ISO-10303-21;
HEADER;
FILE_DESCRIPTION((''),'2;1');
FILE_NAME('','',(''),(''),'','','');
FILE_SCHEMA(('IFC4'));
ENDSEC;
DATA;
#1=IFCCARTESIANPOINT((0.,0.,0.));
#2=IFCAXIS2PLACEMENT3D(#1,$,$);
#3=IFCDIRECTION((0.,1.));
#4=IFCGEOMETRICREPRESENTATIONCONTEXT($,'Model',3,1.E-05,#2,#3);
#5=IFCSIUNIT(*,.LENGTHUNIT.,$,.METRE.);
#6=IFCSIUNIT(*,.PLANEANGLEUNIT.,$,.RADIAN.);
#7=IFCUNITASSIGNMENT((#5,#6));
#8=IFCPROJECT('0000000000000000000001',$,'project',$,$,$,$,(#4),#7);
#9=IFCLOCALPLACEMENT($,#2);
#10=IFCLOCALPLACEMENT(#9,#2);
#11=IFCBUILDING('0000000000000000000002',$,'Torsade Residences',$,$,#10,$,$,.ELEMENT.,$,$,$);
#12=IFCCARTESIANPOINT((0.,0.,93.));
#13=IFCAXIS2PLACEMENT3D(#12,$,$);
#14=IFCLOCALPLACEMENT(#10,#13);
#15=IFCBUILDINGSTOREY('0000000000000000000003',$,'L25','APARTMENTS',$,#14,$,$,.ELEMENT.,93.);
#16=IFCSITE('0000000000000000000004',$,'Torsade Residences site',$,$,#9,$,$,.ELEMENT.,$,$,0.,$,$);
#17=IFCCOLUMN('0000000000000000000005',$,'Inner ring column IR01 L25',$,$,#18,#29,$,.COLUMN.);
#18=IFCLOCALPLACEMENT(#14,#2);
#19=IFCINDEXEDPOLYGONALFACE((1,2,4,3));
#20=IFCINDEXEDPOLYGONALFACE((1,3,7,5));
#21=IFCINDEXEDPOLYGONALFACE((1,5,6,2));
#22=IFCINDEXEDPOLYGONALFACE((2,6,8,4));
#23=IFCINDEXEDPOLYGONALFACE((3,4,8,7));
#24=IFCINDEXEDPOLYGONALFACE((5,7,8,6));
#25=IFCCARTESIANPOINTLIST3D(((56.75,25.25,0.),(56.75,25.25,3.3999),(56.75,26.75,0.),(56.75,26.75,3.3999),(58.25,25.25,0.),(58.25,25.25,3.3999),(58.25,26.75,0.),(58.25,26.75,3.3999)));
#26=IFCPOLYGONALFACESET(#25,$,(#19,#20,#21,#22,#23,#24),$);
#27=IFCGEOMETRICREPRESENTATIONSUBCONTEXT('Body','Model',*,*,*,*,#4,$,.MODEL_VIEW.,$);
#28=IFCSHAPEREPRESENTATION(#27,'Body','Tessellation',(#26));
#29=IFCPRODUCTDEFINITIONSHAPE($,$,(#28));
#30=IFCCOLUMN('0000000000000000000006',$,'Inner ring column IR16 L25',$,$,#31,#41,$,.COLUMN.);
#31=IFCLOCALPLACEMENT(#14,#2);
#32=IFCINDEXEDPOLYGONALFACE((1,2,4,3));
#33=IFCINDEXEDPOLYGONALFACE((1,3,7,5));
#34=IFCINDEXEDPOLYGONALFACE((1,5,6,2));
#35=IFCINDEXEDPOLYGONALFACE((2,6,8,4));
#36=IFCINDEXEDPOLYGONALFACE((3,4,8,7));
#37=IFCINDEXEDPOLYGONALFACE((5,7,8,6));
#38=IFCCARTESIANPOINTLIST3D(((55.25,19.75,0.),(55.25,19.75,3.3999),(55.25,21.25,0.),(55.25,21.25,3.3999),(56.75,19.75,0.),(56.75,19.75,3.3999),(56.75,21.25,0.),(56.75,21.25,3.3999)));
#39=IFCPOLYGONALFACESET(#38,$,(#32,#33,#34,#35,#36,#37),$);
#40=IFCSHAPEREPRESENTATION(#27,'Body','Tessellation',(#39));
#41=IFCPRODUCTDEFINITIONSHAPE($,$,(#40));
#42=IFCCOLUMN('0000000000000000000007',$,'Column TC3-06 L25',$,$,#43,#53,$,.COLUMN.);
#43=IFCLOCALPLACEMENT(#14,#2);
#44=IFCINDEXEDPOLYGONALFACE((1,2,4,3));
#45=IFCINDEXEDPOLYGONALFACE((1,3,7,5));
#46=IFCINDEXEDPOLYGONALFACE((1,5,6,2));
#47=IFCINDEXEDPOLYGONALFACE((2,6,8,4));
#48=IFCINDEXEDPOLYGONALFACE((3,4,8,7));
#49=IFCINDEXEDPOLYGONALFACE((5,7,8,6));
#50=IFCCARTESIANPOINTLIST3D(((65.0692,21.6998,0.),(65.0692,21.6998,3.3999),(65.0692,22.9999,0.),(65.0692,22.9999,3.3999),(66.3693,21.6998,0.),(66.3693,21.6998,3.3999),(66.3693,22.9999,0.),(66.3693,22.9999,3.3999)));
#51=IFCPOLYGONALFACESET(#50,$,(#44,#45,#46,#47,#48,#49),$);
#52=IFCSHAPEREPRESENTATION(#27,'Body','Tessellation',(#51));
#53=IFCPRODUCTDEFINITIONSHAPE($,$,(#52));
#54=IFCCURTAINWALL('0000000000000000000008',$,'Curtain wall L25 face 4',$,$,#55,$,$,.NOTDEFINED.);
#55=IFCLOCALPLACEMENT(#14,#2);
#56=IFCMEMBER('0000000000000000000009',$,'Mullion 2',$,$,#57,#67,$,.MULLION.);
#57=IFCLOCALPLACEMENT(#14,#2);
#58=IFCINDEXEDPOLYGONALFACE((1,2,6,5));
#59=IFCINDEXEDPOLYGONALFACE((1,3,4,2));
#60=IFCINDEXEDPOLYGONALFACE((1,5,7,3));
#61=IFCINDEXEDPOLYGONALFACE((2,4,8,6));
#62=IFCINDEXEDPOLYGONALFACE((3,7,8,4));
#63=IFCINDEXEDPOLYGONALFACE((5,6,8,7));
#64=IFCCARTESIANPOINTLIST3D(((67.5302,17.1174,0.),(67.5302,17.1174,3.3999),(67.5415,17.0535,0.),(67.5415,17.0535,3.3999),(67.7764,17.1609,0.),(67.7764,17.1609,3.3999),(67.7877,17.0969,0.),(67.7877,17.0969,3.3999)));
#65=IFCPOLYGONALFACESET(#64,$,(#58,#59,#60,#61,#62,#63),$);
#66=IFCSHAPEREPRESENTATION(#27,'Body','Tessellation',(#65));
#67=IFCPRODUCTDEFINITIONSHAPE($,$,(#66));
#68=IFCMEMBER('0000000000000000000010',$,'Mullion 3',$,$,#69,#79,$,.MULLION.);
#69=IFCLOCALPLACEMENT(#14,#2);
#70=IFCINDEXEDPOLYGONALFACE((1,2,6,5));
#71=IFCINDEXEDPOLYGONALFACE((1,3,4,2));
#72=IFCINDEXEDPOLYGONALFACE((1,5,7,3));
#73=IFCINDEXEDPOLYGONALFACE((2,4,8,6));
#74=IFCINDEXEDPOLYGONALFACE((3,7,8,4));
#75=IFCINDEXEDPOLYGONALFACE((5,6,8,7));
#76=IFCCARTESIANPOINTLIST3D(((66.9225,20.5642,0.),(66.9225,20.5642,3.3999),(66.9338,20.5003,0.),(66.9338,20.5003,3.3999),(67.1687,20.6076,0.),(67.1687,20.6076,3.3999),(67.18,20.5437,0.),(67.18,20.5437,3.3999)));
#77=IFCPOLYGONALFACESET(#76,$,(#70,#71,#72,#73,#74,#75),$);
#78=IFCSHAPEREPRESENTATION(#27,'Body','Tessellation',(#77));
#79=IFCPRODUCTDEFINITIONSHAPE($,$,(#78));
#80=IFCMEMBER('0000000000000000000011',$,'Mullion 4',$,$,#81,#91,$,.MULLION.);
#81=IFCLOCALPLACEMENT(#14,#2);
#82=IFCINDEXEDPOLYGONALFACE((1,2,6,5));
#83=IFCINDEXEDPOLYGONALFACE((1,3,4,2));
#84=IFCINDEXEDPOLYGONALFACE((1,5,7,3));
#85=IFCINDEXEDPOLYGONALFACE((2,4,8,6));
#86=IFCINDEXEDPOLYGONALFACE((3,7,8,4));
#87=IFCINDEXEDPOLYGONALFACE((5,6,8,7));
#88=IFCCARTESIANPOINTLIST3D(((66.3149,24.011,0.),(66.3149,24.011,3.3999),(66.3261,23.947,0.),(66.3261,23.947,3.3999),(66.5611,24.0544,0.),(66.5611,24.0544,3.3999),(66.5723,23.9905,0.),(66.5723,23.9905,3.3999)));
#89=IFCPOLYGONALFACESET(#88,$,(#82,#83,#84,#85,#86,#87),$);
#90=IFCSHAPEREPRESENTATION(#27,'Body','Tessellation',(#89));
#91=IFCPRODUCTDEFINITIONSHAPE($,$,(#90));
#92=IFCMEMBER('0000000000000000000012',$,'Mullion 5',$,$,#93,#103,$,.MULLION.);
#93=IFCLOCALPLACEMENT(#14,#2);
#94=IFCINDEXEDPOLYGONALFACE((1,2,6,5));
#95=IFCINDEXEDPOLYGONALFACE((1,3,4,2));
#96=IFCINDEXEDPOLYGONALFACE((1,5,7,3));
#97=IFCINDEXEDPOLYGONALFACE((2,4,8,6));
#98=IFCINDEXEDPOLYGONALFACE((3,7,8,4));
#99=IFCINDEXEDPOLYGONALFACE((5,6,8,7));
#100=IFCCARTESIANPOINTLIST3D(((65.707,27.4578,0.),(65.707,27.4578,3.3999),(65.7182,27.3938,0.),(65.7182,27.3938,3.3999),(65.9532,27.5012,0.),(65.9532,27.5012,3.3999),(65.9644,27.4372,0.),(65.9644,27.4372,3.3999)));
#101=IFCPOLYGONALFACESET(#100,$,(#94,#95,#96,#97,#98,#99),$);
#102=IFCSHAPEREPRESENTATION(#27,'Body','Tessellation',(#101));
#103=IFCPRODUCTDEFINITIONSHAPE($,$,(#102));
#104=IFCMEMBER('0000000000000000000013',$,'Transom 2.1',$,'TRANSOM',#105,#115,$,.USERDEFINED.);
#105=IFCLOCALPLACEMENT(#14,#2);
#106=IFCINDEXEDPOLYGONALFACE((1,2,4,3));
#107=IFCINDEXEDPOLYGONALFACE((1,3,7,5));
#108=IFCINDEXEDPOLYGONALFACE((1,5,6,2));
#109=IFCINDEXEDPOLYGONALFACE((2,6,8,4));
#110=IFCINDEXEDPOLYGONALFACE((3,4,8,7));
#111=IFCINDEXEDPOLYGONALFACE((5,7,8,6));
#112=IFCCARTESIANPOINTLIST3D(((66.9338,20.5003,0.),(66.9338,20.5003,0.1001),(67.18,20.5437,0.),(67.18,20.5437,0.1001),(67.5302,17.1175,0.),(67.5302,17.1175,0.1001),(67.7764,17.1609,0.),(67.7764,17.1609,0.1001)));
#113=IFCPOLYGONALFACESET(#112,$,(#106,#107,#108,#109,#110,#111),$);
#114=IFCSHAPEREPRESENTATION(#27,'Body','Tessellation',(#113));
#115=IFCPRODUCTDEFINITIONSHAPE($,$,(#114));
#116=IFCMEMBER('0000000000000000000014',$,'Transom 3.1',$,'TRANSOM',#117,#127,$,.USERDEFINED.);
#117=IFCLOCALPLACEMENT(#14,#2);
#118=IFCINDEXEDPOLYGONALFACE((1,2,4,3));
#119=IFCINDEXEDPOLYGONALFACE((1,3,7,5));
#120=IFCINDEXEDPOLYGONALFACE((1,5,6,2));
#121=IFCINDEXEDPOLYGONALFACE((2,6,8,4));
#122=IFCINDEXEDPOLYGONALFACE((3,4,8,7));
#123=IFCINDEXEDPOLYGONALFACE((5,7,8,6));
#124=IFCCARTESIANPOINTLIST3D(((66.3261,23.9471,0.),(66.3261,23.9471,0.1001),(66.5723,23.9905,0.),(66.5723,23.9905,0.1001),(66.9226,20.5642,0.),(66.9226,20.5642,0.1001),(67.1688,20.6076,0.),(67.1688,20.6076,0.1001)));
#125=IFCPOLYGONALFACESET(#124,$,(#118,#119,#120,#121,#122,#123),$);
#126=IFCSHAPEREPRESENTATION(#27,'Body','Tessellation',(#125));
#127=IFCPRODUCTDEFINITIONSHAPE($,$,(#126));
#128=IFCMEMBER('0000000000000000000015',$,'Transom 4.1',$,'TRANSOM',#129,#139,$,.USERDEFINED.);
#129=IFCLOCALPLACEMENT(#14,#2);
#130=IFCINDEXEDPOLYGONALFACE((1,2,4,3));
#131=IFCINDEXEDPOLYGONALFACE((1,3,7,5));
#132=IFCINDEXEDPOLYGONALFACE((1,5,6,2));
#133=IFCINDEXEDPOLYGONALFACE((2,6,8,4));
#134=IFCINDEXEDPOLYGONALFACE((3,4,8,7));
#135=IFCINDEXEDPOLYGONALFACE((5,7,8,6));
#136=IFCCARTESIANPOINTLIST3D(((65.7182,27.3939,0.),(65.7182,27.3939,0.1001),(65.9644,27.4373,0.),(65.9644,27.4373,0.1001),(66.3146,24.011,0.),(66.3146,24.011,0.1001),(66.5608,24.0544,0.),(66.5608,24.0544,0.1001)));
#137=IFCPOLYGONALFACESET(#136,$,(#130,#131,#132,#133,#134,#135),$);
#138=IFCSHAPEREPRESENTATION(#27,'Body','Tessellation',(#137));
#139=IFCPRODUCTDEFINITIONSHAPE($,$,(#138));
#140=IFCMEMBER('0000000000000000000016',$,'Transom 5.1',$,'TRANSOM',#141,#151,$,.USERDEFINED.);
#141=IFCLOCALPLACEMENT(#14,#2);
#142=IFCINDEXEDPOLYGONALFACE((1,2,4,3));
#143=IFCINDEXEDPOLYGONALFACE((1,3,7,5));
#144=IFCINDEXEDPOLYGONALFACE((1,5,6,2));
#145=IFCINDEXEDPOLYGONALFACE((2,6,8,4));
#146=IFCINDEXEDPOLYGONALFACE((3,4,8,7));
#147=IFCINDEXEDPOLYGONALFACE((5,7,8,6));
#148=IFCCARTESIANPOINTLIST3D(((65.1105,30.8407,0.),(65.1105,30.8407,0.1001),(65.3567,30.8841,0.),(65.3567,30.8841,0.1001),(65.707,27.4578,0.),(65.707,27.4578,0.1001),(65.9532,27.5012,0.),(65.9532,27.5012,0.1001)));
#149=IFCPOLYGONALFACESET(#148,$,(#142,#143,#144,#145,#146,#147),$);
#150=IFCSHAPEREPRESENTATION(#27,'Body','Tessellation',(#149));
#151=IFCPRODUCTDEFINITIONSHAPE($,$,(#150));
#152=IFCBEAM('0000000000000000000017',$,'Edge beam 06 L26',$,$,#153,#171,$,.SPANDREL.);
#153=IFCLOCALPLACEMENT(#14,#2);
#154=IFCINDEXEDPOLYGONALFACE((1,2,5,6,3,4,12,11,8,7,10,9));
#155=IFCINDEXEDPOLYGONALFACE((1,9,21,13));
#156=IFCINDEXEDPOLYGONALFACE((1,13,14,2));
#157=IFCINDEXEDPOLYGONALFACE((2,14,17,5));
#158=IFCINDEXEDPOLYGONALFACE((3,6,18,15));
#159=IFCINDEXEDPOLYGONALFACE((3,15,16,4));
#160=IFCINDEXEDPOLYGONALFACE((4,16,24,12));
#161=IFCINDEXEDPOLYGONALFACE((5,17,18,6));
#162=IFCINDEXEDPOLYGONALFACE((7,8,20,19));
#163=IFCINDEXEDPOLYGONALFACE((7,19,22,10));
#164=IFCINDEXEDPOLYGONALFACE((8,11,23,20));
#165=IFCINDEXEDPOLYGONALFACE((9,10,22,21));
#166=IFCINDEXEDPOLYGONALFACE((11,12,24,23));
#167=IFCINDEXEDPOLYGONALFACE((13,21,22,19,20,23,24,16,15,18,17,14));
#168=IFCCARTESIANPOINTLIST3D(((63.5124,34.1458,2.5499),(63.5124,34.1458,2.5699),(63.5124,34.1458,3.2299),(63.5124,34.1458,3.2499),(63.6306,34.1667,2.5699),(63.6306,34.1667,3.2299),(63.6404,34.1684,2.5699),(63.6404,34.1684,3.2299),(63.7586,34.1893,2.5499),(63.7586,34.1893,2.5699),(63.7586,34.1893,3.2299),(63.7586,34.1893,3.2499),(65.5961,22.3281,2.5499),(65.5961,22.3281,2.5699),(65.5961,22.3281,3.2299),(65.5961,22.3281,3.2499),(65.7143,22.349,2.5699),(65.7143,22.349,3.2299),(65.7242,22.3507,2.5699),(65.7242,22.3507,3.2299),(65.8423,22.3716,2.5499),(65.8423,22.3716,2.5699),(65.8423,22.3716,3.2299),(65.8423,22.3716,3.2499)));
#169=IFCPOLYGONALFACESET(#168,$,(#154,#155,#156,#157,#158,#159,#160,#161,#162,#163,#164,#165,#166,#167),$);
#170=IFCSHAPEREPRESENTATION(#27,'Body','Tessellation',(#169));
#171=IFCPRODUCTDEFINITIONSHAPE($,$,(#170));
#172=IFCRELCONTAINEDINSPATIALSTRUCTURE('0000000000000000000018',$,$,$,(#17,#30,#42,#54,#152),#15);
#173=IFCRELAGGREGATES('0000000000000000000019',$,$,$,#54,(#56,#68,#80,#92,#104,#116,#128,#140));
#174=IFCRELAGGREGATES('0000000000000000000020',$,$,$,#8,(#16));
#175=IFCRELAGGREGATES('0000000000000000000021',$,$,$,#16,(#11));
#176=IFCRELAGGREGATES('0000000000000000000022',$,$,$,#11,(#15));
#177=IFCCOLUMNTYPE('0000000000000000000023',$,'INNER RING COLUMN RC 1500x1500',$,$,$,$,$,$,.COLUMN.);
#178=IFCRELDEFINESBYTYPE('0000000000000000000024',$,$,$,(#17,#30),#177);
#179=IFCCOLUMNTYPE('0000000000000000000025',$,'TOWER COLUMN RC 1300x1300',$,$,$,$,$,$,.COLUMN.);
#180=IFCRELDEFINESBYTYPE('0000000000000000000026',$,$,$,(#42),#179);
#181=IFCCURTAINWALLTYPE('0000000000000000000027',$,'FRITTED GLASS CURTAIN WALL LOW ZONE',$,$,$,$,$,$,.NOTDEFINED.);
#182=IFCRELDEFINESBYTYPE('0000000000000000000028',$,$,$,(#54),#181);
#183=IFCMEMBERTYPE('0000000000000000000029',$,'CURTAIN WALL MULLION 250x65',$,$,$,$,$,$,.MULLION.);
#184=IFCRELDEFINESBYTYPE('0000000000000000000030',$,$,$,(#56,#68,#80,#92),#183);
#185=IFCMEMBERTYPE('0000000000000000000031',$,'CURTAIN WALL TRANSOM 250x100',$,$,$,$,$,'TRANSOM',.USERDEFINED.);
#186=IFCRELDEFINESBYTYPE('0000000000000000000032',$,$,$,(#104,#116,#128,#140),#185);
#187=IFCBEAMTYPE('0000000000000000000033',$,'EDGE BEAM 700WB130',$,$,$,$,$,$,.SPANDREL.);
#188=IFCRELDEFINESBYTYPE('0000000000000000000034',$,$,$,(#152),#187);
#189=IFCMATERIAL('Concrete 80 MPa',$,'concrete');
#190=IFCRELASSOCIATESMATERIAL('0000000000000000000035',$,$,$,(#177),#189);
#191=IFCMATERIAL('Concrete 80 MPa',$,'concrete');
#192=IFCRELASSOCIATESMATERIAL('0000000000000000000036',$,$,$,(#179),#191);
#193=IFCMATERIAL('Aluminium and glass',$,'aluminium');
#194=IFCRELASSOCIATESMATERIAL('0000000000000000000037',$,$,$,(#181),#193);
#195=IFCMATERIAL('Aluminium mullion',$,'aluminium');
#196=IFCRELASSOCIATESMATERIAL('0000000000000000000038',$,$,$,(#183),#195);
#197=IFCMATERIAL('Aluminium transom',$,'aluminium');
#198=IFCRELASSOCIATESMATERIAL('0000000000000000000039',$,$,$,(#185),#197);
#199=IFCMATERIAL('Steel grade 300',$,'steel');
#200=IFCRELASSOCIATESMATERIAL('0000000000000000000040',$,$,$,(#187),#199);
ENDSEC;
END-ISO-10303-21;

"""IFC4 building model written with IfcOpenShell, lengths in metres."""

from ifc_helpers import new_model, si_unit, direction, frame, origin, origin_2d, place, context, subcontext, project, spatial, rectangle, i_section, extrude, material, material_profile, profile_set, type_object, element, aggregate, save


model = new_model("IFC4")

# Units and contexts
model_context = context("Model", 3, precision=1e-05, world=origin(), true_north=direction((0.0, 1.0)))
body_context = subcontext(model_context, "Body", "Model", "MODEL_VIEW")
ifc_project = project(units=[si_unit("LENGTHUNIT", "METRE"), si_unit("PLANEANGLEUNIT", "RADIAN")], contexts=[model_context])

# Site, building, storey
site_placement = place(None, origin())
site = spatial("IfcSite", under=ifc_project, at=site_placement, Name="Torsade Residences site", CompositionType="ELEMENT", RefElevation=0.0)
building_placement = place(site_placement, origin())
building = spatial("IfcBuilding", under=site, at=building_placement, Name="Torsade Residences", CompositionType="ELEMENT")
storey_placement = place(building_placement, frame((0.0, 0.0, 93.0)))
storey = spatial("IfcBuildingStorey", under=building, at=storey_placement, Name="L25", Description="APARTMENTS", CompositionType="ELEMENT", Elevation=93.0)

# Columns
ifc_material_1 = material(Name="Concrete 80 MPa", Category="concrete")
ifc_material_profile_1 = material_profile(ifc_material_1, rectangle(XDim=1.5, YDim=1.5, at=origin_2d()), Name="RC 1500x1500")
ifc_profile_set_1 = profile_set([ifc_material_profile_1], Name="Concrete 80 MPa")
column_type_1 = type_object("IfcColumnType", Name="INNER RING COLUMN RC 1500x1500", PredefinedType="COLUMN", material=ifc_profile_set_1)
for number, where, z_axis, x_axis, name in (
    (1, (57.5, 26.0, 0.0), (0.0, 0.0, 1.0), (1.0, 0.0, 0.0), "Inner ring column IR01 L25"),
    (2, (56.0, 20.5, 0.0), (0.0, 0.0, 1.0), (1.0, 0.0, 0.0), "Inner ring column IR16 L25"),
):
    element("IfcColumn", number, at=place(storey_placement, frame(where, z_axis=z_axis, x_axis=x_axis)), inside=storey, type_object=column_type_1, Name=name, PredefinedType="COLUMN", context=body_context, shape_type="SweptSolid", body=[
        extrude(rectangle(XDim=1.5, YDim=1.5, at=origin_2d()), origin(), (0.0, 0.0, 1.0), 3.3999),
    ])
ifc_material_2 = material(Name="Concrete 80 MPa", Category="concrete")
ifc_material_profile_2 = material_profile(ifc_material_2, rectangle(XDim=1.3, YDim=1.3, at=origin_2d()), Name="RC 1300x1300")
ifc_profile_set_2 = profile_set([ifc_material_profile_2], Name="Concrete 80 MPa")
column_type_2 = type_object("IfcColumnType", Name="TOWER COLUMN RC 1300x1300", PredefinedType="COLUMN", material=ifc_profile_set_2)
column_placement = place(storey_placement, frame((65.7192, 22.3499, 0.0), z_axis=(0.0, 0.0, 1.0), x_axis=(1.0, 0.0, 0.0)))
element("IfcColumn", 3, at=column_placement, inside=storey, type_object=column_type_2, Name="Column TC3-06 L25", PredefinedType="COLUMN", context=body_context, shape_type="SweptSolid", body=[
    extrude(rectangle(XDim=1.3, YDim=1.3, at=origin_2d()), origin(), (0.0, 0.0, 1.0), 3.3999),
])

# Curtain wall, members
ifc_material_3 = material(Name="Aluminium and glass", Category="aluminium")
curtain_wall_type = type_object("IfcCurtainWallType", Name="FRITTED GLASS CURTAIN WALL LOW ZONE", PredefinedType="NOTDEFINED", material=ifc_material_3)
curtain_wall_placement = place(storey_placement, origin())
curtain_wall = element("IfcCurtainWall", 4, at=curtain_wall_placement, inside=storey, type_object=curtain_wall_type, Name="Curtain wall L25 face 4", PredefinedType="NOTDEFINED")
ifc_material_4 = material(Name="Aluminium mullion", Category="aluminium")
ifc_material_profile_3 = material_profile(ifc_material_4, rectangle(XDim=0.25, YDim=0.0649, at=origin_2d()), Name="CURTAIN WALL MULLION 250x65")
ifc_profile_set_3 = profile_set([ifc_material_profile_3], Name="Aluminium mullion")
member_type_1 = type_object("IfcMemberType", Name="CURTAIN WALL MULLION 250x65", PredefinedType="MULLION", material=ifc_profile_set_3)
member_1_placement = place(storey_placement, frame((67.6589, 17.1072, 0.0), z_axis=(0.0, 0.0, 1.0), x_axis=(-0.984808, -0.173648, 0.0)))
member_1 = element("IfcMember", 5, at=member_1_placement, type_object=member_type_1, Name="Mullion 2", PredefinedType="MULLION", context=body_context, shape_type="SweptSolid", body=[
    extrude(rectangle(XDim=0.25, YDim=0.0649, at=origin_2d()), origin(), (0.0, 0.0, 1.0), 3.3999),
])
member_2_placement = place(storey_placement, frame((67.0513, 20.554, 0.0), z_axis=(0.0, 0.0, 1.0), x_axis=(-0.984808, -0.173648, 0.0)))
member_2 = element("IfcMember", 6, at=member_2_placement, type_object=member_type_1, Name="Mullion 3", PredefinedType="MULLION", context=body_context, shape_type="SweptSolid", body=[
    extrude(rectangle(XDim=0.25, YDim=0.0649, at=origin_2d()), origin(), (0.0, 0.0, 1.0), 3.3999),
])
member_3_placement = place(storey_placement, frame((66.4436, 24.0007, 0.0), z_axis=(0.0, 0.0, 1.0), x_axis=(-0.984808, -0.173648, 0.0)))
member_3 = element("IfcMember", 7, at=member_3_placement, type_object=member_type_1, Name="Mullion 4", PredefinedType="MULLION", context=body_context, shape_type="SweptSolid", body=[
    extrude(rectangle(XDim=0.25, YDim=0.0649, at=origin_2d()), origin(), (0.0, 0.0, 1.0), 3.3999),
])
member_4_placement = place(storey_placement, frame((65.8357, 27.4475, 0.0), z_axis=(0.0, 0.0, 1.0), x_axis=(-0.984808, -0.173648, 0.0)))
member_4 = element("IfcMember", 8, at=member_4_placement, type_object=member_type_1, Name="Mullion 5", PredefinedType="MULLION", context=body_context, shape_type="SweptSolid", body=[
    extrude(rectangle(XDim=0.25, YDim=0.0649, at=origin_2d()), origin(), (0.0, 0.0, 1.0), 3.3999),
])
ifc_material_5 = material(Name="Aluminium transom", Category="aluminium")
ifc_material_profile_4 = material_profile(ifc_material_5, rectangle(XDim=0.25, YDim=0.1001, at=origin_2d()), Name="CURTAIN WALL TRANSOM 250x100")
ifc_profile_set_4 = profile_set([ifc_material_profile_4], Name="Aluminium transom")
member_type_2 = type_object("IfcMemberType", Name="CURTAIN WALL TRANSOM 250x100", ElementType="TRANSOM", PredefinedType="USERDEFINED", material=ifc_profile_set_4)
member_5_placement = place(storey_placement, frame((67.6533, 17.1392, 0.05), z_axis=(-0.173635, 0.98481, 0.0), x_axis=(-0.98481, -0.173635, 0.0)))
member_5 = element("IfcMember", 9, at=member_5_placement, type_object=member_type_2, Name="Transom 2.1", ObjectType="TRANSOM", PredefinedType="USERDEFINED", context=body_context, shape_type="SweptSolid", body=[
    extrude(rectangle(XDim=0.25, YDim=0.1001, at=origin_2d()), origin(), (0.0, 0.0, 1.0), 3.4351),
])
member_6_placement = place(storey_placement, frame((67.0457, 20.5859, 0.05), z_axis=(-0.173635, 0.98481, 0.0), x_axis=(-0.98481, -0.173635, 0.0)))
member_6 = element("IfcMember", 10, at=member_6_placement, type_object=member_type_2, Name="Transom 3.1", ObjectType="TRANSOM", PredefinedType="USERDEFINED", context=body_context, shape_type="SweptSolid", body=[
    extrude(rectangle(XDim=0.25, YDim=0.1001, at=origin_2d()), origin(), (0.0, 0.0, 1.0), 3.4351),
])
member_7_placement = place(storey_placement, frame((66.4377, 24.0327, 0.05), z_axis=(-0.173635, 0.98481, 0.0), x_axis=(-0.98481, -0.173635, 0.0)))
member_7 = element("IfcMember", 11, at=member_7_placement, type_object=member_type_2, Name="Transom 4.1", ObjectType="TRANSOM", PredefinedType="USERDEFINED", context=body_context, shape_type="SweptSolid", body=[
    extrude(rectangle(XDim=0.25, YDim=0.1001, at=origin_2d()), origin(), (0.0, 0.0, 1.0), 3.4351),
])
member_8_placement = place(storey_placement, frame((65.8301, 27.4795, 0.05), z_axis=(-0.173635, 0.98481, 0.0), x_axis=(-0.98481, -0.173635, 0.0)))
member_8 = element("IfcMember", 12, at=member_8_placement, type_object=member_type_2, Name="Transom 5.1", ObjectType="TRANSOM", PredefinedType="USERDEFINED", context=body_context, shape_type="SweptSolid", body=[
    extrude(rectangle(XDim=0.25, YDim=0.1001, at=origin_2d()), origin(), (0.0, 0.0, 1.0), 3.4351),
])

# Beam
ifc_material_6 = material(Name="Steel grade 300", Category="steel")
ifc_material_profile_5 = material_profile(ifc_material_6, i_section(OverallWidth=0.25, OverallDepth=0.7, WebThickness=0.01, FlangeThickness=0.02, at=origin_2d()), Name="700WB130")
ifc_profile_set_5 = profile_set([ifc_material_profile_5], Name="Steel grade 300")
beam_type_1 = type_object("IfcBeamType", Name="EDGE BEAM 700WB130", PredefinedType="SPANDREL", material=ifc_profile_set_5)
beam_1_placement = place(storey_placement, frame((65.7192, 22.3499, 2.8999), z_axis=(-0.173646, 0.984808, 0.0), x_axis=(-0.984808, -0.173646, 0.0)))
element("IfcBeam", 13, at=beam_1_placement, inside=storey, type_object=beam_type_1, Name="Edge beam 06 L26", PredefinedType="SPANDREL", context=body_context, shape_type="SweptSolid", body=[
    extrude(i_section(OverallWidth=0.25, OverallDepth=0.7, WebThickness=0.01, FlangeThickness=0.02, at=origin_2d()), origin(), (0.0, 0.0, 1.0), 12.0),
])

aggregate(curtain_wall, [member_1, member_2, member_3, member_4, member_5, member_6, member_7, member_8])

save(model, "model.ifc")
